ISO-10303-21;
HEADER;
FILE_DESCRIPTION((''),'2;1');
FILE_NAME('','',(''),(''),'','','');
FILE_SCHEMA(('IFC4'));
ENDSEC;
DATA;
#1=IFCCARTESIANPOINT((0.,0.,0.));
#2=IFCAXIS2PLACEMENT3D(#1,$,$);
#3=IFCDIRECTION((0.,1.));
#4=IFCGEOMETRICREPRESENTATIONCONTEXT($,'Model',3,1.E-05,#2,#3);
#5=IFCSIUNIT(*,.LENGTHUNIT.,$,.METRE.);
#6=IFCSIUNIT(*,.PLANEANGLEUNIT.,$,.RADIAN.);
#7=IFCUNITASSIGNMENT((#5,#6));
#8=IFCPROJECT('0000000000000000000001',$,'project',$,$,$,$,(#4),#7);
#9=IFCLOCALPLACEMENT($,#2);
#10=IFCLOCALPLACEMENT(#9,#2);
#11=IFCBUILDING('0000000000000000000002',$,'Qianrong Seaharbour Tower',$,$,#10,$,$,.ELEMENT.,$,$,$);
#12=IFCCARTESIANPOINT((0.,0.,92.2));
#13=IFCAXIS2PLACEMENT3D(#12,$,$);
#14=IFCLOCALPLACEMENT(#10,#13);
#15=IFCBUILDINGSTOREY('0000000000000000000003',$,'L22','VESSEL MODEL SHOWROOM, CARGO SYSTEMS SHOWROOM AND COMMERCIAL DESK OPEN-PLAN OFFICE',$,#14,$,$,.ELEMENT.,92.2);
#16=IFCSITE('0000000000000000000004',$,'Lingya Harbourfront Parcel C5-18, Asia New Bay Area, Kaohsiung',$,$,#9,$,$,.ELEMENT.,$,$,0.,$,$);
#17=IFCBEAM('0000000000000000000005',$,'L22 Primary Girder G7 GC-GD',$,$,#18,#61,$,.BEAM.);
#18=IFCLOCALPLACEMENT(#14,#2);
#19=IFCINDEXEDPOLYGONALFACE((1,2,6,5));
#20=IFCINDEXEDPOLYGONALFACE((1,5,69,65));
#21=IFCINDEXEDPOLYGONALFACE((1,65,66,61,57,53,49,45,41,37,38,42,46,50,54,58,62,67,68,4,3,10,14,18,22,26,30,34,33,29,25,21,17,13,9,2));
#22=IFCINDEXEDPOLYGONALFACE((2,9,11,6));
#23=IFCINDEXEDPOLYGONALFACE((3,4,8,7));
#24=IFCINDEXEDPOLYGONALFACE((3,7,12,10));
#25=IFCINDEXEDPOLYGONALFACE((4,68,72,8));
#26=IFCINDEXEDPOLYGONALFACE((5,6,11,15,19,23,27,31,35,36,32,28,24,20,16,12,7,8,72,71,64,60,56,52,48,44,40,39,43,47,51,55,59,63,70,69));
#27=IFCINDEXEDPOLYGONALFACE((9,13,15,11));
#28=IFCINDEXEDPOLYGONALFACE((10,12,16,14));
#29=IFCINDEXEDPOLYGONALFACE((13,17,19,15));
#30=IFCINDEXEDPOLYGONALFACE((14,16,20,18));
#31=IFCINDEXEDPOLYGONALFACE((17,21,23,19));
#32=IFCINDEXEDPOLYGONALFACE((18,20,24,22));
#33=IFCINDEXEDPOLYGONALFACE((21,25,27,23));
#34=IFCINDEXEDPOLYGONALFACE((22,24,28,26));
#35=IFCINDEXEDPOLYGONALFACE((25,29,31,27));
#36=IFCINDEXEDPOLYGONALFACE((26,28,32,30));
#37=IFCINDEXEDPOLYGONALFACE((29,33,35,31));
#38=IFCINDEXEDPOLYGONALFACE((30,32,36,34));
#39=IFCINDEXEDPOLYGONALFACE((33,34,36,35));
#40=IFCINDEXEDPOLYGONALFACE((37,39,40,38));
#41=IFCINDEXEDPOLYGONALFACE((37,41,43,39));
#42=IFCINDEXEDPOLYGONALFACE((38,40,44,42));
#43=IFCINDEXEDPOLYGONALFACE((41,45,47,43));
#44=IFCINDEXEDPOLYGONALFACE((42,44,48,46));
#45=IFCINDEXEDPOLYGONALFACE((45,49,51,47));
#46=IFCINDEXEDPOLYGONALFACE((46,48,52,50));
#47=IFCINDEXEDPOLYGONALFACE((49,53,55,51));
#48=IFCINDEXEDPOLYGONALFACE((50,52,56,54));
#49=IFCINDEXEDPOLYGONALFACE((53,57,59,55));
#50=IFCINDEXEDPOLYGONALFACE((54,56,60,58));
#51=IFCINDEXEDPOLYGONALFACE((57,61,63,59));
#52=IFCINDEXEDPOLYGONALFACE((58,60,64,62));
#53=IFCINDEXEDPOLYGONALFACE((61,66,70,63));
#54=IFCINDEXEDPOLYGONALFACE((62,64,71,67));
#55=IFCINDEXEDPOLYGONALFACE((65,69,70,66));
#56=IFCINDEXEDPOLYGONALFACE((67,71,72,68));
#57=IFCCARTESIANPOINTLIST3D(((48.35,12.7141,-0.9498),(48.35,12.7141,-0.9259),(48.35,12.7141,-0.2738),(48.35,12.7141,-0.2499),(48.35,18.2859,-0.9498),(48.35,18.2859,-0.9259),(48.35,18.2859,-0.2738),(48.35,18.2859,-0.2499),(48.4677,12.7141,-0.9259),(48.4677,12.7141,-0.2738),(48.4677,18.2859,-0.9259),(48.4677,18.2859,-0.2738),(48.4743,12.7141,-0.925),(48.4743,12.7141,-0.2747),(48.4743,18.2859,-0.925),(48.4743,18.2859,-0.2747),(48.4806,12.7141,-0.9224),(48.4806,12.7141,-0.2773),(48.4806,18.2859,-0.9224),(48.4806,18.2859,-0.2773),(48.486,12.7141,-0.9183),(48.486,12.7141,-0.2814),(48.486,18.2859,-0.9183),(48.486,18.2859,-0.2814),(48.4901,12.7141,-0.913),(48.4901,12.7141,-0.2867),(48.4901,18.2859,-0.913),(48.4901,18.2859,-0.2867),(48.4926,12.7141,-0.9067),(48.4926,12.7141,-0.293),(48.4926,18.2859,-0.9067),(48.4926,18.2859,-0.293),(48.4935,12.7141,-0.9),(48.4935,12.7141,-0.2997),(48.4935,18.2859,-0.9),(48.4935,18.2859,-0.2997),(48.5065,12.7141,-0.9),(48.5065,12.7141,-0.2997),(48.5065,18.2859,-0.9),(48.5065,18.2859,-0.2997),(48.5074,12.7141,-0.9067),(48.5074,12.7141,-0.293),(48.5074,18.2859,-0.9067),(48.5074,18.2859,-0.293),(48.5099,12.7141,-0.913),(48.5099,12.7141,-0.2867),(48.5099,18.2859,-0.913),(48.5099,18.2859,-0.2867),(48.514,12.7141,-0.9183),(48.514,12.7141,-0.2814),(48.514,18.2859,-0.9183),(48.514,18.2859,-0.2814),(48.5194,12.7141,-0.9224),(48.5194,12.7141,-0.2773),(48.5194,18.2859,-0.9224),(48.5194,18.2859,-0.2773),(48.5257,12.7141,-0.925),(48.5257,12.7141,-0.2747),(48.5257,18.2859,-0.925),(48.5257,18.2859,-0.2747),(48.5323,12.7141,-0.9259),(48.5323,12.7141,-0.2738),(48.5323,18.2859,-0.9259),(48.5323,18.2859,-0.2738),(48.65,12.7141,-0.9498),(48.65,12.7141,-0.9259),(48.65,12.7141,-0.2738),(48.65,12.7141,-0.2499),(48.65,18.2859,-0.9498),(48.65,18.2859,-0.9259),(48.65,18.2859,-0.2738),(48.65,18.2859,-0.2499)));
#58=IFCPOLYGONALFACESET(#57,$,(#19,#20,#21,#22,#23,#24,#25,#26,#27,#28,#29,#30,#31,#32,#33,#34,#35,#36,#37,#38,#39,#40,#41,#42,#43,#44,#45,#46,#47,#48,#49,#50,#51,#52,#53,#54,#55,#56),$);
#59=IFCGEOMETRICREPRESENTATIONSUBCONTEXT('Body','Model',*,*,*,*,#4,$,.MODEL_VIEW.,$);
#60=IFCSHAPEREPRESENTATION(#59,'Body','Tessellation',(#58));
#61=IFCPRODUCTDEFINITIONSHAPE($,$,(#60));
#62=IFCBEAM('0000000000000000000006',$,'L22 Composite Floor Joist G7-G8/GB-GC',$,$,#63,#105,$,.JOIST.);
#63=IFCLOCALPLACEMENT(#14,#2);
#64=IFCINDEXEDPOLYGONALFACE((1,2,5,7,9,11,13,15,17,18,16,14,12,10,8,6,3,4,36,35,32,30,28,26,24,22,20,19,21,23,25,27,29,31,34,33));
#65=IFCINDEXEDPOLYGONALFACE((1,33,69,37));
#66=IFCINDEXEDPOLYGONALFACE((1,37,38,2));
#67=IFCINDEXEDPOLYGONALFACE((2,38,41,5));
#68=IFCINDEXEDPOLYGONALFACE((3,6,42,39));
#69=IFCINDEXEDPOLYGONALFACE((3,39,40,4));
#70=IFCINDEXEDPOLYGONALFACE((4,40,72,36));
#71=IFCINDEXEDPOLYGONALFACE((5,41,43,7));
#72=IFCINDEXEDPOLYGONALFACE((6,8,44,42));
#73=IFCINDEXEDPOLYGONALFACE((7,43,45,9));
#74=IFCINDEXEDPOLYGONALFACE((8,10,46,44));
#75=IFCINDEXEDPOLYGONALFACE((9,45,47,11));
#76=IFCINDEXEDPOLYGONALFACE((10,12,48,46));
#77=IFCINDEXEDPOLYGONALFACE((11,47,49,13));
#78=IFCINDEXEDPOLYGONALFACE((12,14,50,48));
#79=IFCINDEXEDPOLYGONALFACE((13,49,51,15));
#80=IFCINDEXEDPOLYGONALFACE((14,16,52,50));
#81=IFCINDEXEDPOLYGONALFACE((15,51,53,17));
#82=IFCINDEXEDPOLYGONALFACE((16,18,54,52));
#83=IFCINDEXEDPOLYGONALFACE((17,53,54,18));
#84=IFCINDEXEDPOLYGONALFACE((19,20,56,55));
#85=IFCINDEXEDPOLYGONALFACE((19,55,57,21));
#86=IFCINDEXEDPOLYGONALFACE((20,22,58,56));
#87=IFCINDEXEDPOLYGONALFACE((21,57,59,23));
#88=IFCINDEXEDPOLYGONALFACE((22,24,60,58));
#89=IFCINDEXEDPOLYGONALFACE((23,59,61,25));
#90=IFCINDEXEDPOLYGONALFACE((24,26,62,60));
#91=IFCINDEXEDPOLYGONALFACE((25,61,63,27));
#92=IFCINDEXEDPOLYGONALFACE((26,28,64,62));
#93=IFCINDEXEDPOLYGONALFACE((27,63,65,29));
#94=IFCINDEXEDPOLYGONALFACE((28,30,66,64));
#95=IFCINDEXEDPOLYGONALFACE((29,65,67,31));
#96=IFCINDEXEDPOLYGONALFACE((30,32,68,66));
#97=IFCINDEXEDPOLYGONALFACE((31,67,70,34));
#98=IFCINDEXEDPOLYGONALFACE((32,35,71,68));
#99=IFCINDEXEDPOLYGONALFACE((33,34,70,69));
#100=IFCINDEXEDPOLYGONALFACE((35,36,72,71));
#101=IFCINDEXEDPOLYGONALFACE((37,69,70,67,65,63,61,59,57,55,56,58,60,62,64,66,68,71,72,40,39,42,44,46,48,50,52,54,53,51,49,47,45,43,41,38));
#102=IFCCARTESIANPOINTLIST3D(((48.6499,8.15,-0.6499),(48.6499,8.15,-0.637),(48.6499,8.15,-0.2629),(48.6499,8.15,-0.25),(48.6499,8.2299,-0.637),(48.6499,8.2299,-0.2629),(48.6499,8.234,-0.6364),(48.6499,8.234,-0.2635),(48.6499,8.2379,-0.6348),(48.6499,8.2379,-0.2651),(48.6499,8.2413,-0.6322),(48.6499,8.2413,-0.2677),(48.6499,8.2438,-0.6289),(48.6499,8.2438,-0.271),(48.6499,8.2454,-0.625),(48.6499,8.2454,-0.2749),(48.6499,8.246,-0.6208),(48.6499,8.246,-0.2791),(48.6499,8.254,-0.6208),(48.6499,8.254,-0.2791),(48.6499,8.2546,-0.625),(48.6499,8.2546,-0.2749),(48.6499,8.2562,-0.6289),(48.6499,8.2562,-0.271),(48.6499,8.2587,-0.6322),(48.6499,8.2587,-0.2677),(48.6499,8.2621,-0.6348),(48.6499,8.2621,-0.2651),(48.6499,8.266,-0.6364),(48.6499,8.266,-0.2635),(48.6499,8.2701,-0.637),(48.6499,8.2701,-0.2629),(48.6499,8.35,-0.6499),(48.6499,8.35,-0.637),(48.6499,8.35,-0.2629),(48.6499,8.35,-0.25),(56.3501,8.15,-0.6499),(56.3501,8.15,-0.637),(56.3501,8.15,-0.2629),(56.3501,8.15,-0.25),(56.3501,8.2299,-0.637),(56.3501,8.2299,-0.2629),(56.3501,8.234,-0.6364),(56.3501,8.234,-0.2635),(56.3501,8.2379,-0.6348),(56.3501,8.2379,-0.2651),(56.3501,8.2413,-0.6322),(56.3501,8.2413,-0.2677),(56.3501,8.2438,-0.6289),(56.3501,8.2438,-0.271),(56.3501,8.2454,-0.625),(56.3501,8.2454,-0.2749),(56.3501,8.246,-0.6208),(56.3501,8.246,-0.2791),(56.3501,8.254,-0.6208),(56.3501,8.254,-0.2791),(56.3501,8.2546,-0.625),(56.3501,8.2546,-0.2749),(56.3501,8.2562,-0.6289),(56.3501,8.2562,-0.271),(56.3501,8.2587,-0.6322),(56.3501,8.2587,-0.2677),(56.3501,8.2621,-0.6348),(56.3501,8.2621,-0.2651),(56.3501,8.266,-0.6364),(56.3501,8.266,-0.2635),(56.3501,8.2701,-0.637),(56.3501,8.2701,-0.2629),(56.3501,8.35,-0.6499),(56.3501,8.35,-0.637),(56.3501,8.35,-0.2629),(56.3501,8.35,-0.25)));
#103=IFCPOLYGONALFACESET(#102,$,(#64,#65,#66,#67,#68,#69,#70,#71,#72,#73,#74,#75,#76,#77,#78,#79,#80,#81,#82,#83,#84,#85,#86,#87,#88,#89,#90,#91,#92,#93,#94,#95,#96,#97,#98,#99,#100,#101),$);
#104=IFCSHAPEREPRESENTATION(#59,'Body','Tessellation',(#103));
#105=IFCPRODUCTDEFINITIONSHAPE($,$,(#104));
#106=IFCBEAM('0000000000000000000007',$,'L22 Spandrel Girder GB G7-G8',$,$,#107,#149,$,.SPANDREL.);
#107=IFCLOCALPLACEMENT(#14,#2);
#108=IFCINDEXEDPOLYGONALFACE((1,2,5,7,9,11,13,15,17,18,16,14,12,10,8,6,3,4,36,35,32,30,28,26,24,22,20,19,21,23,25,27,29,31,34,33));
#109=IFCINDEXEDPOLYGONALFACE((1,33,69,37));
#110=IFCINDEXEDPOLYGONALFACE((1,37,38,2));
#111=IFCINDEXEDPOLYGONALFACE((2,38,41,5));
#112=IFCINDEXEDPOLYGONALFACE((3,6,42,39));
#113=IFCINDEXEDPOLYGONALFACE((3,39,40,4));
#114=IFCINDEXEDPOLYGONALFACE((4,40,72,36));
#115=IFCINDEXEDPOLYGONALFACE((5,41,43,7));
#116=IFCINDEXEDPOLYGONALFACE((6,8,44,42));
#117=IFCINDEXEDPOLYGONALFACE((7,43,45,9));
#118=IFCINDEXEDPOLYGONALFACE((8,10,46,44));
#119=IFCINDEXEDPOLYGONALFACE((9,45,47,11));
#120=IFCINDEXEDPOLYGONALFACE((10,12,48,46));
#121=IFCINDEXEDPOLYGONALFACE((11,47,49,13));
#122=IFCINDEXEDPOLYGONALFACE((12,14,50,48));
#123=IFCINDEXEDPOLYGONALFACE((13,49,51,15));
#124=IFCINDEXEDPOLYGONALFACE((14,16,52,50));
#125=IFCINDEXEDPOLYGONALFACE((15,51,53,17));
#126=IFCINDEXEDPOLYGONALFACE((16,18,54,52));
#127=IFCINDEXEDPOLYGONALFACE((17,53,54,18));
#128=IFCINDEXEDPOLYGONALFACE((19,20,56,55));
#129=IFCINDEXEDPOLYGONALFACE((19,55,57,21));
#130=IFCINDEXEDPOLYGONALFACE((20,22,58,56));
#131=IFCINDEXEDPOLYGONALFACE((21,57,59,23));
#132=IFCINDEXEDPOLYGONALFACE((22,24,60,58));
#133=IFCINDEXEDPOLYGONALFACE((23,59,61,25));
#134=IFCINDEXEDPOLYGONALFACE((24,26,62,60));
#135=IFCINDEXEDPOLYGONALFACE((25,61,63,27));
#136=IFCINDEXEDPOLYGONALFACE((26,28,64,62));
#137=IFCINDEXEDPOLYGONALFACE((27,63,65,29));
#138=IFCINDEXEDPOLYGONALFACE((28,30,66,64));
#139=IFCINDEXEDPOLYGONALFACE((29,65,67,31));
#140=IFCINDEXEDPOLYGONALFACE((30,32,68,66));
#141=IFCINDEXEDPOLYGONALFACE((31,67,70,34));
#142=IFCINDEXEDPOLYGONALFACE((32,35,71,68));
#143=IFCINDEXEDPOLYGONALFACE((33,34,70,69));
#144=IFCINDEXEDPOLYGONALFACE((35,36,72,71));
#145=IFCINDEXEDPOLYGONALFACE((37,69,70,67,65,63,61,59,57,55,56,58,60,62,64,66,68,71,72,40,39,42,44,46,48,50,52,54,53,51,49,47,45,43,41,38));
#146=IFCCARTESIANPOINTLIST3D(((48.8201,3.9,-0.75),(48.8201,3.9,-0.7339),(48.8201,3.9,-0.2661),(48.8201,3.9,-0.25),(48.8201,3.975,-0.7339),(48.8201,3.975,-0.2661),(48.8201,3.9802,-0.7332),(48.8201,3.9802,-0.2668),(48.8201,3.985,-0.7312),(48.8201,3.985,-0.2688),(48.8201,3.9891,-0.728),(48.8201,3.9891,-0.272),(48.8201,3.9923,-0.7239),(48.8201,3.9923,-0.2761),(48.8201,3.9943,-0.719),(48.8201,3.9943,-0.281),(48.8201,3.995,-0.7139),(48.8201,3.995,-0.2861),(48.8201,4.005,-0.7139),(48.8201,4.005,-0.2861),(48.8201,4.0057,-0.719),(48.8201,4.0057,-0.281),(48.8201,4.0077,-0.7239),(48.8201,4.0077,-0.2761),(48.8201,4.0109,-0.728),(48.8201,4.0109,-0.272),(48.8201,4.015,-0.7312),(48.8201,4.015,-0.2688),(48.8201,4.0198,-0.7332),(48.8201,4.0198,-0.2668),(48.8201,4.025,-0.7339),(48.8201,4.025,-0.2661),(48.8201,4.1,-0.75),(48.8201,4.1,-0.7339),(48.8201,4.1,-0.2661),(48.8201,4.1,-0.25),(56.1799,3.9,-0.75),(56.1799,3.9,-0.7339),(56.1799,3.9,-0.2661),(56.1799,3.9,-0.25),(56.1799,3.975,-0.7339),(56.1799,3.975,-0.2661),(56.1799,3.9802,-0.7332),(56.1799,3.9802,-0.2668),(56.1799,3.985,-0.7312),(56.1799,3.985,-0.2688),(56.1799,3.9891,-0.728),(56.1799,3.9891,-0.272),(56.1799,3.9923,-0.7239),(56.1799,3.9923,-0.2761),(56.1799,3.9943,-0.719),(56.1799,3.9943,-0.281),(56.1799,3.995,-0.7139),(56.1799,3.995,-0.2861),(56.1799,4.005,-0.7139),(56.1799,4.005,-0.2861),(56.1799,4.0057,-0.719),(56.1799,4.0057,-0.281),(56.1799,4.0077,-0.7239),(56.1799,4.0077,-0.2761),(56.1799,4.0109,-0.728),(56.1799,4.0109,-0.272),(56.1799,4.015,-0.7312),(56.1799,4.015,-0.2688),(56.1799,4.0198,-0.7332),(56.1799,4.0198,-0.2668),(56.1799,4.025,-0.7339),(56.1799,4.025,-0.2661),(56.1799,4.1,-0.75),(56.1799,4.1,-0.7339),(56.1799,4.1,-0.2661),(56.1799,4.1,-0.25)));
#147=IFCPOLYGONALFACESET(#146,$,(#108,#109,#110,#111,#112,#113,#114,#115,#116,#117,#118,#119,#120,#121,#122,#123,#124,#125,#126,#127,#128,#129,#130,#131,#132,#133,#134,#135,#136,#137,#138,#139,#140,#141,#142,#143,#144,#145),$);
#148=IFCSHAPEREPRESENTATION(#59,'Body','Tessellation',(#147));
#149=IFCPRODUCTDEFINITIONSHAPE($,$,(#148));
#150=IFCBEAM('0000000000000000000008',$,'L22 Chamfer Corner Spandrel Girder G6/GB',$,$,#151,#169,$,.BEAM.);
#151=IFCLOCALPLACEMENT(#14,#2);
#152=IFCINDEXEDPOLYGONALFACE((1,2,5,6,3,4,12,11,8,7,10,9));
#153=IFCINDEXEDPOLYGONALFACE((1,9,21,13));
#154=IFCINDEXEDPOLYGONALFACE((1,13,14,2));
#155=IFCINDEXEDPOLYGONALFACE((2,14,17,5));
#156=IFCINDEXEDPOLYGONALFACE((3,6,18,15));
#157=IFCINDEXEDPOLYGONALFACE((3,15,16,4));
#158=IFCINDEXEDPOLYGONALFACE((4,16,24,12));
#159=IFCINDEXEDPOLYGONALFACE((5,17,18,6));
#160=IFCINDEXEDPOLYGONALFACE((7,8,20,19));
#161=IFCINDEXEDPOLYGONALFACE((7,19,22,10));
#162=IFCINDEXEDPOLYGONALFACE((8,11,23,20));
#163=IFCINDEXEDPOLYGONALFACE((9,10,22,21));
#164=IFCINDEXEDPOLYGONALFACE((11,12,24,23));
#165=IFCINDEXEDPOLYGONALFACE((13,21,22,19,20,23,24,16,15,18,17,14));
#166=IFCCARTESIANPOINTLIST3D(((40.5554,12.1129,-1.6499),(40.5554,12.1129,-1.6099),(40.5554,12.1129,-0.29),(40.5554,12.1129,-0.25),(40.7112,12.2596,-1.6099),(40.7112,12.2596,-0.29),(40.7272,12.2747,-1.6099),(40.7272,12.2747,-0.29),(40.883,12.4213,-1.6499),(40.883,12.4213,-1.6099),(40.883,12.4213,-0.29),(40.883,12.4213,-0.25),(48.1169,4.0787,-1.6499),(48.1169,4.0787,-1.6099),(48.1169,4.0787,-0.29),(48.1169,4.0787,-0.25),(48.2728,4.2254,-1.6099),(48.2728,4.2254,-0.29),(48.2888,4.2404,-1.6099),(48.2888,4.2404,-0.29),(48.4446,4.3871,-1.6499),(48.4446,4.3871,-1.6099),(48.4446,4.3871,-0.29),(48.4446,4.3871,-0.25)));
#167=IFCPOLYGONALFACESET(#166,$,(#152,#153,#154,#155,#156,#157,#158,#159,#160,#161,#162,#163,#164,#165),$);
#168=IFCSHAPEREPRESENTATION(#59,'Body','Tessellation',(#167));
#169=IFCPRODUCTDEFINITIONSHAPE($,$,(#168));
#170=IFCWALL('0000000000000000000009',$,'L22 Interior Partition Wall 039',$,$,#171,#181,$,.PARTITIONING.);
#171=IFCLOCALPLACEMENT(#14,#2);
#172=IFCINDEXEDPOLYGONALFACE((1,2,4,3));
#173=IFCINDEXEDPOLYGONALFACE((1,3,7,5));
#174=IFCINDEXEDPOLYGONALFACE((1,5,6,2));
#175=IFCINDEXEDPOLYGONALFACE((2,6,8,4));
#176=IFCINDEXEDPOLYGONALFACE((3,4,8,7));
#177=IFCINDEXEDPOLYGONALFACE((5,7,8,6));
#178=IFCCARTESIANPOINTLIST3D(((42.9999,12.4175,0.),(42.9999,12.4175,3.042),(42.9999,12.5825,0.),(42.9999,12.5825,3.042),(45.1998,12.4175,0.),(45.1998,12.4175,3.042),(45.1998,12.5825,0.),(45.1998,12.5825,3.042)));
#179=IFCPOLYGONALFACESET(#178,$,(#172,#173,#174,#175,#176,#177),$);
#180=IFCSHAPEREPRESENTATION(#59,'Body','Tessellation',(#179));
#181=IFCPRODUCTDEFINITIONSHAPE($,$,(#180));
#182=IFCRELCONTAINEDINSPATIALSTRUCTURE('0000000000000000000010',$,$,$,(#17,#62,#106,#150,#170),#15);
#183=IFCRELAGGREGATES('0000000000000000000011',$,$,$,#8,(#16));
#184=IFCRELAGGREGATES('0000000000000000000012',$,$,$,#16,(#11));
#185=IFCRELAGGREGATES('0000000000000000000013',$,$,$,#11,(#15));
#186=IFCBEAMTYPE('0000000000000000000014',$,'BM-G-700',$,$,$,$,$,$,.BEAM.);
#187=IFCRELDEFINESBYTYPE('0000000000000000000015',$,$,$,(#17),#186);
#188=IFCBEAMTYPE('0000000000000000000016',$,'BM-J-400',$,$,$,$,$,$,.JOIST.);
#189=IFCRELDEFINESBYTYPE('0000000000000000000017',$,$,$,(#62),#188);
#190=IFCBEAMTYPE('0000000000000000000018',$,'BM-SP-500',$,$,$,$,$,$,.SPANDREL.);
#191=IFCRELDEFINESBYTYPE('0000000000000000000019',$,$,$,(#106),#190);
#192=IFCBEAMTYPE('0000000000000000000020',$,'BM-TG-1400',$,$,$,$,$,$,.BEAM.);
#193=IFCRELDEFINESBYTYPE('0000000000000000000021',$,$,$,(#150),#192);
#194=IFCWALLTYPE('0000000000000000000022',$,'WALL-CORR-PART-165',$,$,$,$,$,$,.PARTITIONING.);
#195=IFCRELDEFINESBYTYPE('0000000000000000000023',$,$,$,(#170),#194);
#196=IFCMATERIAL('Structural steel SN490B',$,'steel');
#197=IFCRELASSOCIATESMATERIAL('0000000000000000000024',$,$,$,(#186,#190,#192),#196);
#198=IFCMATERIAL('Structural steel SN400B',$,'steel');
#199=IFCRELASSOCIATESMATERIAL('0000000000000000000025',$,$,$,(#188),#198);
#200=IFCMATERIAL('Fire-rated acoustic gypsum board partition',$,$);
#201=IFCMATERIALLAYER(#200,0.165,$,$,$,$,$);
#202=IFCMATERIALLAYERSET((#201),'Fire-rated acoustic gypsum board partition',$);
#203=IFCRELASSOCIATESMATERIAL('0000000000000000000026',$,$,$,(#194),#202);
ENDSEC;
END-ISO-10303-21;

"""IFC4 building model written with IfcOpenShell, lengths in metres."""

from ifc_helpers import new_model, si_unit, direction, frame, frame_2d, origin, origin_2d, place, context, subcontext, project, spatial, rectangle, i_section, extrude, material, layer, layer_set, material_profile, profile_set, type_object, element, save


model = new_model("IFC4")

# Units and contexts
model_context = context("Model", 3, precision=1e-05, world=origin(), true_north=direction((0.0, 1.0)))
body_context = subcontext(model_context, "Body", "Model", "MODEL_VIEW")
ifc_project = project(units=[si_unit("LENGTHUNIT", "METRE"), si_unit("PLANEANGLEUNIT", "RADIAN")], contexts=[model_context])

# Site, building, storey
site_placement = place(None, origin())
site = spatial("IfcSite", under=ifc_project, at=site_placement, Name="Lingya Harbourfront Parcel C5-18, Asia New Bay Area, Kaohsiung", CompositionType="ELEMENT", RefElevation=0.0)
building_placement = place(site_placement, origin())
building = spatial("IfcBuilding", under=site, at=building_placement, Name="Qianrong Seaharbour Tower", CompositionType="ELEMENT")
storey_placement = place(building_placement, frame((0.0, 0.0, 92.2)))
storey = spatial("IfcBuildingStorey", under=building, at=storey_placement, Name="L22", Description="VESSEL MODEL SHOWROOM, CARGO SYSTEMS SHOWROOM AND COMMERCIAL DESK OPEN-PLAN OFFICE", CompositionType="ELEMENT", Elevation=92.2)

# Shared definitions
ifc_material_1 = material(Name="Structural steel SN490B", Category="steel")

# Beams
ifc_material_profile_1 = material_profile(ifc_material_1, i_section(OverallWidth=0.3, OverallDepth=0.7, WebThickness=0.0129, FlangeThickness=0.0239, FilletRadius=0.0259, at=origin_2d()), Name="H700x300x13x24")
ifc_profile_set_1 = profile_set([ifc_material_profile_1], Name="Structural steel SN490B")
beam_type_1 = type_object("IfcBeamType", Name="BM-G-700", PredefinedType="BEAM", material=ifc_profile_set_1)
beam_1_placement = place(storey_placement, frame((48.5, 12.7141, -0.5999), z_axis=(0.0, 1.0, 0.0), x_axis=(-1.0, 0.0, 0.0)))
element("IfcBeam", 1, at=beam_1_placement, inside=storey, type_object=beam_type_1, Name="L22 Primary Girder G7 GC-GD", PredefinedType="BEAM", context=body_context, shape_type="SweptSolid", body=[
    extrude(i_section(OverallWidth=0.3, OverallDepth=0.7, WebThickness=0.0129, FlangeThickness=0.0239, FilletRadius=0.0259, at=origin_2d()), origin(), (0.0, 0.0, 1.0), 5.5718),
])
ifc_material_2 = material(Name="Structural steel SN400B", Category="steel")
ifc_material_profile_2 = material_profile(ifc_material_2, i_section(OverallWidth=0.2, OverallDepth=0.3999, WebThickness=0.0081, FlangeThickness=0.0129, FilletRadius=0.0161, at=origin_2d()), Name="H400x200x8x13")
ifc_profile_set_2 = profile_set([ifc_material_profile_2], Name="Structural steel SN400B")
beam_type_2 = type_object("IfcBeamType", Name="BM-J-400", PredefinedType="JOIST", material=ifc_profile_set_2)
beam_2_placement = place(storey_placement, frame((48.6499, 8.25, -0.45), z_axis=(1.0, 0.0, 0.0), x_axis=(0.0, 1.0, 0.0)))
element("IfcBeam", 2, at=beam_2_placement, inside=storey, type_object=beam_type_2, Name="L22 Composite Floor Joist G7-G8/GB-GC", PredefinedType="JOIST", context=body_context, shape_type="SweptSolid", body=[
    extrude(i_section(OverallWidth=0.2, OverallDepth=0.3999, WebThickness=0.0081, FlangeThickness=0.0129, FilletRadius=0.0161, at=origin_2d()), origin(), (0.0, 0.0, 1.0), 7.7002),
])
ifc_material_profile_3 = material_profile(ifc_material_1, i_section(OverallWidth=0.2, OverallDepth=0.5, WebThickness=0.01, FlangeThickness=0.0161, FilletRadius=0.02, at=origin_2d()), Name="H500x200x10x16")
ifc_profile_set_3 = profile_set([ifc_material_profile_3], Name="Structural steel SN490B")
beam_type_3 = type_object("IfcBeamType", Name="BM-SP-500", PredefinedType="SPANDREL", material=ifc_profile_set_3)
beam_3_placement = place(storey_placement, frame((48.8201, 4.0, -0.5), z_axis=(1.0, 0.0, 0.0), x_axis=(0.0, 1.0, 0.0)))
element("IfcBeam", 3, at=beam_3_placement, inside=storey, type_object=beam_type_3, Name="L22 Spandrel Girder GB G7-G8", PredefinedType="SPANDREL", context=body_context, shape_type="SweptSolid", body=[
    extrude(i_section(OverallWidth=0.2, OverallDepth=0.5, WebThickness=0.01, FlangeThickness=0.0161, FilletRadius=0.02, at=origin_2d()), origin(), (0.0, 0.0, 1.0), 7.3599),
])
ifc_material_profile_4 = material_profile(ifc_material_1, i_section(OverallWidth=0.45, OverallDepth=1.3999, WebThickness=0.022, FlangeThickness=0.04, at=origin_2d()), Name="BH1400x450x22x40")
ifc_profile_set_4 = profile_set([ifc_material_profile_4], Name="Structural steel SN490B")
beam_type_4 = type_object("IfcBeamType", Name="BM-TG-1400", PredefinedType="BEAM", material=ifc_profile_set_4)
beam_4_placement = place(storey_placement, frame((48.2808, 4.2329, -0.95), z_axis=(-0.685362, 0.728203, 0.0), x_axis=(-0.728203, -0.685362, 0.0)))
element("IfcBeam", 4, at=beam_4_placement, inside=storey, type_object=beam_type_4, Name="L22 Chamfer Corner Spandrel Girder G6/GB", PredefinedType="BEAM", context=body_context, shape_type="SweptSolid", body=[
    extrude(i_section(OverallWidth=0.45, OverallDepth=1.3999, WebThickness=0.022, FlangeThickness=0.04, at=origin_2d()), origin(), (0.0, 0.0, 1.0), 11.033),
])

# Wall
ifc_material_3 = material(Name="Fire-rated acoustic gypsum board partition")
ifc_layer_1 = layer(ifc_material_3, 0.165)
ifc_layer_set_1 = layer_set([ifc_layer_1], Name="Fire-rated acoustic gypsum board partition")
wall_type_1 = type_object("IfcWallType", Name="WALL-CORR-PART-165", PredefinedType="PARTITIONING", material=ifc_layer_set_1)
wall_1_placement = place(storey_placement, frame((45.2, 12.5, 0.0), z_axis=(0.0, 0.0, 1.0), x_axis=(-1.0, 0.0, 0.0)))
element("IfcWall", 5, at=wall_1_placement, inside=storey, type_object=wall_type_1, Name="L22 Interior Partition Wall 039", PredefinedType="PARTITIONING", context=body_context, shape_type="SweptSolid", body=[
    extrude(rectangle(XDim=2.2, YDim=0.165, at=frame_2d((1.1001, 0.0))), origin(), (0.0, 0.0, 1.0), 3.042),
])

save(model, "model.ifc")
